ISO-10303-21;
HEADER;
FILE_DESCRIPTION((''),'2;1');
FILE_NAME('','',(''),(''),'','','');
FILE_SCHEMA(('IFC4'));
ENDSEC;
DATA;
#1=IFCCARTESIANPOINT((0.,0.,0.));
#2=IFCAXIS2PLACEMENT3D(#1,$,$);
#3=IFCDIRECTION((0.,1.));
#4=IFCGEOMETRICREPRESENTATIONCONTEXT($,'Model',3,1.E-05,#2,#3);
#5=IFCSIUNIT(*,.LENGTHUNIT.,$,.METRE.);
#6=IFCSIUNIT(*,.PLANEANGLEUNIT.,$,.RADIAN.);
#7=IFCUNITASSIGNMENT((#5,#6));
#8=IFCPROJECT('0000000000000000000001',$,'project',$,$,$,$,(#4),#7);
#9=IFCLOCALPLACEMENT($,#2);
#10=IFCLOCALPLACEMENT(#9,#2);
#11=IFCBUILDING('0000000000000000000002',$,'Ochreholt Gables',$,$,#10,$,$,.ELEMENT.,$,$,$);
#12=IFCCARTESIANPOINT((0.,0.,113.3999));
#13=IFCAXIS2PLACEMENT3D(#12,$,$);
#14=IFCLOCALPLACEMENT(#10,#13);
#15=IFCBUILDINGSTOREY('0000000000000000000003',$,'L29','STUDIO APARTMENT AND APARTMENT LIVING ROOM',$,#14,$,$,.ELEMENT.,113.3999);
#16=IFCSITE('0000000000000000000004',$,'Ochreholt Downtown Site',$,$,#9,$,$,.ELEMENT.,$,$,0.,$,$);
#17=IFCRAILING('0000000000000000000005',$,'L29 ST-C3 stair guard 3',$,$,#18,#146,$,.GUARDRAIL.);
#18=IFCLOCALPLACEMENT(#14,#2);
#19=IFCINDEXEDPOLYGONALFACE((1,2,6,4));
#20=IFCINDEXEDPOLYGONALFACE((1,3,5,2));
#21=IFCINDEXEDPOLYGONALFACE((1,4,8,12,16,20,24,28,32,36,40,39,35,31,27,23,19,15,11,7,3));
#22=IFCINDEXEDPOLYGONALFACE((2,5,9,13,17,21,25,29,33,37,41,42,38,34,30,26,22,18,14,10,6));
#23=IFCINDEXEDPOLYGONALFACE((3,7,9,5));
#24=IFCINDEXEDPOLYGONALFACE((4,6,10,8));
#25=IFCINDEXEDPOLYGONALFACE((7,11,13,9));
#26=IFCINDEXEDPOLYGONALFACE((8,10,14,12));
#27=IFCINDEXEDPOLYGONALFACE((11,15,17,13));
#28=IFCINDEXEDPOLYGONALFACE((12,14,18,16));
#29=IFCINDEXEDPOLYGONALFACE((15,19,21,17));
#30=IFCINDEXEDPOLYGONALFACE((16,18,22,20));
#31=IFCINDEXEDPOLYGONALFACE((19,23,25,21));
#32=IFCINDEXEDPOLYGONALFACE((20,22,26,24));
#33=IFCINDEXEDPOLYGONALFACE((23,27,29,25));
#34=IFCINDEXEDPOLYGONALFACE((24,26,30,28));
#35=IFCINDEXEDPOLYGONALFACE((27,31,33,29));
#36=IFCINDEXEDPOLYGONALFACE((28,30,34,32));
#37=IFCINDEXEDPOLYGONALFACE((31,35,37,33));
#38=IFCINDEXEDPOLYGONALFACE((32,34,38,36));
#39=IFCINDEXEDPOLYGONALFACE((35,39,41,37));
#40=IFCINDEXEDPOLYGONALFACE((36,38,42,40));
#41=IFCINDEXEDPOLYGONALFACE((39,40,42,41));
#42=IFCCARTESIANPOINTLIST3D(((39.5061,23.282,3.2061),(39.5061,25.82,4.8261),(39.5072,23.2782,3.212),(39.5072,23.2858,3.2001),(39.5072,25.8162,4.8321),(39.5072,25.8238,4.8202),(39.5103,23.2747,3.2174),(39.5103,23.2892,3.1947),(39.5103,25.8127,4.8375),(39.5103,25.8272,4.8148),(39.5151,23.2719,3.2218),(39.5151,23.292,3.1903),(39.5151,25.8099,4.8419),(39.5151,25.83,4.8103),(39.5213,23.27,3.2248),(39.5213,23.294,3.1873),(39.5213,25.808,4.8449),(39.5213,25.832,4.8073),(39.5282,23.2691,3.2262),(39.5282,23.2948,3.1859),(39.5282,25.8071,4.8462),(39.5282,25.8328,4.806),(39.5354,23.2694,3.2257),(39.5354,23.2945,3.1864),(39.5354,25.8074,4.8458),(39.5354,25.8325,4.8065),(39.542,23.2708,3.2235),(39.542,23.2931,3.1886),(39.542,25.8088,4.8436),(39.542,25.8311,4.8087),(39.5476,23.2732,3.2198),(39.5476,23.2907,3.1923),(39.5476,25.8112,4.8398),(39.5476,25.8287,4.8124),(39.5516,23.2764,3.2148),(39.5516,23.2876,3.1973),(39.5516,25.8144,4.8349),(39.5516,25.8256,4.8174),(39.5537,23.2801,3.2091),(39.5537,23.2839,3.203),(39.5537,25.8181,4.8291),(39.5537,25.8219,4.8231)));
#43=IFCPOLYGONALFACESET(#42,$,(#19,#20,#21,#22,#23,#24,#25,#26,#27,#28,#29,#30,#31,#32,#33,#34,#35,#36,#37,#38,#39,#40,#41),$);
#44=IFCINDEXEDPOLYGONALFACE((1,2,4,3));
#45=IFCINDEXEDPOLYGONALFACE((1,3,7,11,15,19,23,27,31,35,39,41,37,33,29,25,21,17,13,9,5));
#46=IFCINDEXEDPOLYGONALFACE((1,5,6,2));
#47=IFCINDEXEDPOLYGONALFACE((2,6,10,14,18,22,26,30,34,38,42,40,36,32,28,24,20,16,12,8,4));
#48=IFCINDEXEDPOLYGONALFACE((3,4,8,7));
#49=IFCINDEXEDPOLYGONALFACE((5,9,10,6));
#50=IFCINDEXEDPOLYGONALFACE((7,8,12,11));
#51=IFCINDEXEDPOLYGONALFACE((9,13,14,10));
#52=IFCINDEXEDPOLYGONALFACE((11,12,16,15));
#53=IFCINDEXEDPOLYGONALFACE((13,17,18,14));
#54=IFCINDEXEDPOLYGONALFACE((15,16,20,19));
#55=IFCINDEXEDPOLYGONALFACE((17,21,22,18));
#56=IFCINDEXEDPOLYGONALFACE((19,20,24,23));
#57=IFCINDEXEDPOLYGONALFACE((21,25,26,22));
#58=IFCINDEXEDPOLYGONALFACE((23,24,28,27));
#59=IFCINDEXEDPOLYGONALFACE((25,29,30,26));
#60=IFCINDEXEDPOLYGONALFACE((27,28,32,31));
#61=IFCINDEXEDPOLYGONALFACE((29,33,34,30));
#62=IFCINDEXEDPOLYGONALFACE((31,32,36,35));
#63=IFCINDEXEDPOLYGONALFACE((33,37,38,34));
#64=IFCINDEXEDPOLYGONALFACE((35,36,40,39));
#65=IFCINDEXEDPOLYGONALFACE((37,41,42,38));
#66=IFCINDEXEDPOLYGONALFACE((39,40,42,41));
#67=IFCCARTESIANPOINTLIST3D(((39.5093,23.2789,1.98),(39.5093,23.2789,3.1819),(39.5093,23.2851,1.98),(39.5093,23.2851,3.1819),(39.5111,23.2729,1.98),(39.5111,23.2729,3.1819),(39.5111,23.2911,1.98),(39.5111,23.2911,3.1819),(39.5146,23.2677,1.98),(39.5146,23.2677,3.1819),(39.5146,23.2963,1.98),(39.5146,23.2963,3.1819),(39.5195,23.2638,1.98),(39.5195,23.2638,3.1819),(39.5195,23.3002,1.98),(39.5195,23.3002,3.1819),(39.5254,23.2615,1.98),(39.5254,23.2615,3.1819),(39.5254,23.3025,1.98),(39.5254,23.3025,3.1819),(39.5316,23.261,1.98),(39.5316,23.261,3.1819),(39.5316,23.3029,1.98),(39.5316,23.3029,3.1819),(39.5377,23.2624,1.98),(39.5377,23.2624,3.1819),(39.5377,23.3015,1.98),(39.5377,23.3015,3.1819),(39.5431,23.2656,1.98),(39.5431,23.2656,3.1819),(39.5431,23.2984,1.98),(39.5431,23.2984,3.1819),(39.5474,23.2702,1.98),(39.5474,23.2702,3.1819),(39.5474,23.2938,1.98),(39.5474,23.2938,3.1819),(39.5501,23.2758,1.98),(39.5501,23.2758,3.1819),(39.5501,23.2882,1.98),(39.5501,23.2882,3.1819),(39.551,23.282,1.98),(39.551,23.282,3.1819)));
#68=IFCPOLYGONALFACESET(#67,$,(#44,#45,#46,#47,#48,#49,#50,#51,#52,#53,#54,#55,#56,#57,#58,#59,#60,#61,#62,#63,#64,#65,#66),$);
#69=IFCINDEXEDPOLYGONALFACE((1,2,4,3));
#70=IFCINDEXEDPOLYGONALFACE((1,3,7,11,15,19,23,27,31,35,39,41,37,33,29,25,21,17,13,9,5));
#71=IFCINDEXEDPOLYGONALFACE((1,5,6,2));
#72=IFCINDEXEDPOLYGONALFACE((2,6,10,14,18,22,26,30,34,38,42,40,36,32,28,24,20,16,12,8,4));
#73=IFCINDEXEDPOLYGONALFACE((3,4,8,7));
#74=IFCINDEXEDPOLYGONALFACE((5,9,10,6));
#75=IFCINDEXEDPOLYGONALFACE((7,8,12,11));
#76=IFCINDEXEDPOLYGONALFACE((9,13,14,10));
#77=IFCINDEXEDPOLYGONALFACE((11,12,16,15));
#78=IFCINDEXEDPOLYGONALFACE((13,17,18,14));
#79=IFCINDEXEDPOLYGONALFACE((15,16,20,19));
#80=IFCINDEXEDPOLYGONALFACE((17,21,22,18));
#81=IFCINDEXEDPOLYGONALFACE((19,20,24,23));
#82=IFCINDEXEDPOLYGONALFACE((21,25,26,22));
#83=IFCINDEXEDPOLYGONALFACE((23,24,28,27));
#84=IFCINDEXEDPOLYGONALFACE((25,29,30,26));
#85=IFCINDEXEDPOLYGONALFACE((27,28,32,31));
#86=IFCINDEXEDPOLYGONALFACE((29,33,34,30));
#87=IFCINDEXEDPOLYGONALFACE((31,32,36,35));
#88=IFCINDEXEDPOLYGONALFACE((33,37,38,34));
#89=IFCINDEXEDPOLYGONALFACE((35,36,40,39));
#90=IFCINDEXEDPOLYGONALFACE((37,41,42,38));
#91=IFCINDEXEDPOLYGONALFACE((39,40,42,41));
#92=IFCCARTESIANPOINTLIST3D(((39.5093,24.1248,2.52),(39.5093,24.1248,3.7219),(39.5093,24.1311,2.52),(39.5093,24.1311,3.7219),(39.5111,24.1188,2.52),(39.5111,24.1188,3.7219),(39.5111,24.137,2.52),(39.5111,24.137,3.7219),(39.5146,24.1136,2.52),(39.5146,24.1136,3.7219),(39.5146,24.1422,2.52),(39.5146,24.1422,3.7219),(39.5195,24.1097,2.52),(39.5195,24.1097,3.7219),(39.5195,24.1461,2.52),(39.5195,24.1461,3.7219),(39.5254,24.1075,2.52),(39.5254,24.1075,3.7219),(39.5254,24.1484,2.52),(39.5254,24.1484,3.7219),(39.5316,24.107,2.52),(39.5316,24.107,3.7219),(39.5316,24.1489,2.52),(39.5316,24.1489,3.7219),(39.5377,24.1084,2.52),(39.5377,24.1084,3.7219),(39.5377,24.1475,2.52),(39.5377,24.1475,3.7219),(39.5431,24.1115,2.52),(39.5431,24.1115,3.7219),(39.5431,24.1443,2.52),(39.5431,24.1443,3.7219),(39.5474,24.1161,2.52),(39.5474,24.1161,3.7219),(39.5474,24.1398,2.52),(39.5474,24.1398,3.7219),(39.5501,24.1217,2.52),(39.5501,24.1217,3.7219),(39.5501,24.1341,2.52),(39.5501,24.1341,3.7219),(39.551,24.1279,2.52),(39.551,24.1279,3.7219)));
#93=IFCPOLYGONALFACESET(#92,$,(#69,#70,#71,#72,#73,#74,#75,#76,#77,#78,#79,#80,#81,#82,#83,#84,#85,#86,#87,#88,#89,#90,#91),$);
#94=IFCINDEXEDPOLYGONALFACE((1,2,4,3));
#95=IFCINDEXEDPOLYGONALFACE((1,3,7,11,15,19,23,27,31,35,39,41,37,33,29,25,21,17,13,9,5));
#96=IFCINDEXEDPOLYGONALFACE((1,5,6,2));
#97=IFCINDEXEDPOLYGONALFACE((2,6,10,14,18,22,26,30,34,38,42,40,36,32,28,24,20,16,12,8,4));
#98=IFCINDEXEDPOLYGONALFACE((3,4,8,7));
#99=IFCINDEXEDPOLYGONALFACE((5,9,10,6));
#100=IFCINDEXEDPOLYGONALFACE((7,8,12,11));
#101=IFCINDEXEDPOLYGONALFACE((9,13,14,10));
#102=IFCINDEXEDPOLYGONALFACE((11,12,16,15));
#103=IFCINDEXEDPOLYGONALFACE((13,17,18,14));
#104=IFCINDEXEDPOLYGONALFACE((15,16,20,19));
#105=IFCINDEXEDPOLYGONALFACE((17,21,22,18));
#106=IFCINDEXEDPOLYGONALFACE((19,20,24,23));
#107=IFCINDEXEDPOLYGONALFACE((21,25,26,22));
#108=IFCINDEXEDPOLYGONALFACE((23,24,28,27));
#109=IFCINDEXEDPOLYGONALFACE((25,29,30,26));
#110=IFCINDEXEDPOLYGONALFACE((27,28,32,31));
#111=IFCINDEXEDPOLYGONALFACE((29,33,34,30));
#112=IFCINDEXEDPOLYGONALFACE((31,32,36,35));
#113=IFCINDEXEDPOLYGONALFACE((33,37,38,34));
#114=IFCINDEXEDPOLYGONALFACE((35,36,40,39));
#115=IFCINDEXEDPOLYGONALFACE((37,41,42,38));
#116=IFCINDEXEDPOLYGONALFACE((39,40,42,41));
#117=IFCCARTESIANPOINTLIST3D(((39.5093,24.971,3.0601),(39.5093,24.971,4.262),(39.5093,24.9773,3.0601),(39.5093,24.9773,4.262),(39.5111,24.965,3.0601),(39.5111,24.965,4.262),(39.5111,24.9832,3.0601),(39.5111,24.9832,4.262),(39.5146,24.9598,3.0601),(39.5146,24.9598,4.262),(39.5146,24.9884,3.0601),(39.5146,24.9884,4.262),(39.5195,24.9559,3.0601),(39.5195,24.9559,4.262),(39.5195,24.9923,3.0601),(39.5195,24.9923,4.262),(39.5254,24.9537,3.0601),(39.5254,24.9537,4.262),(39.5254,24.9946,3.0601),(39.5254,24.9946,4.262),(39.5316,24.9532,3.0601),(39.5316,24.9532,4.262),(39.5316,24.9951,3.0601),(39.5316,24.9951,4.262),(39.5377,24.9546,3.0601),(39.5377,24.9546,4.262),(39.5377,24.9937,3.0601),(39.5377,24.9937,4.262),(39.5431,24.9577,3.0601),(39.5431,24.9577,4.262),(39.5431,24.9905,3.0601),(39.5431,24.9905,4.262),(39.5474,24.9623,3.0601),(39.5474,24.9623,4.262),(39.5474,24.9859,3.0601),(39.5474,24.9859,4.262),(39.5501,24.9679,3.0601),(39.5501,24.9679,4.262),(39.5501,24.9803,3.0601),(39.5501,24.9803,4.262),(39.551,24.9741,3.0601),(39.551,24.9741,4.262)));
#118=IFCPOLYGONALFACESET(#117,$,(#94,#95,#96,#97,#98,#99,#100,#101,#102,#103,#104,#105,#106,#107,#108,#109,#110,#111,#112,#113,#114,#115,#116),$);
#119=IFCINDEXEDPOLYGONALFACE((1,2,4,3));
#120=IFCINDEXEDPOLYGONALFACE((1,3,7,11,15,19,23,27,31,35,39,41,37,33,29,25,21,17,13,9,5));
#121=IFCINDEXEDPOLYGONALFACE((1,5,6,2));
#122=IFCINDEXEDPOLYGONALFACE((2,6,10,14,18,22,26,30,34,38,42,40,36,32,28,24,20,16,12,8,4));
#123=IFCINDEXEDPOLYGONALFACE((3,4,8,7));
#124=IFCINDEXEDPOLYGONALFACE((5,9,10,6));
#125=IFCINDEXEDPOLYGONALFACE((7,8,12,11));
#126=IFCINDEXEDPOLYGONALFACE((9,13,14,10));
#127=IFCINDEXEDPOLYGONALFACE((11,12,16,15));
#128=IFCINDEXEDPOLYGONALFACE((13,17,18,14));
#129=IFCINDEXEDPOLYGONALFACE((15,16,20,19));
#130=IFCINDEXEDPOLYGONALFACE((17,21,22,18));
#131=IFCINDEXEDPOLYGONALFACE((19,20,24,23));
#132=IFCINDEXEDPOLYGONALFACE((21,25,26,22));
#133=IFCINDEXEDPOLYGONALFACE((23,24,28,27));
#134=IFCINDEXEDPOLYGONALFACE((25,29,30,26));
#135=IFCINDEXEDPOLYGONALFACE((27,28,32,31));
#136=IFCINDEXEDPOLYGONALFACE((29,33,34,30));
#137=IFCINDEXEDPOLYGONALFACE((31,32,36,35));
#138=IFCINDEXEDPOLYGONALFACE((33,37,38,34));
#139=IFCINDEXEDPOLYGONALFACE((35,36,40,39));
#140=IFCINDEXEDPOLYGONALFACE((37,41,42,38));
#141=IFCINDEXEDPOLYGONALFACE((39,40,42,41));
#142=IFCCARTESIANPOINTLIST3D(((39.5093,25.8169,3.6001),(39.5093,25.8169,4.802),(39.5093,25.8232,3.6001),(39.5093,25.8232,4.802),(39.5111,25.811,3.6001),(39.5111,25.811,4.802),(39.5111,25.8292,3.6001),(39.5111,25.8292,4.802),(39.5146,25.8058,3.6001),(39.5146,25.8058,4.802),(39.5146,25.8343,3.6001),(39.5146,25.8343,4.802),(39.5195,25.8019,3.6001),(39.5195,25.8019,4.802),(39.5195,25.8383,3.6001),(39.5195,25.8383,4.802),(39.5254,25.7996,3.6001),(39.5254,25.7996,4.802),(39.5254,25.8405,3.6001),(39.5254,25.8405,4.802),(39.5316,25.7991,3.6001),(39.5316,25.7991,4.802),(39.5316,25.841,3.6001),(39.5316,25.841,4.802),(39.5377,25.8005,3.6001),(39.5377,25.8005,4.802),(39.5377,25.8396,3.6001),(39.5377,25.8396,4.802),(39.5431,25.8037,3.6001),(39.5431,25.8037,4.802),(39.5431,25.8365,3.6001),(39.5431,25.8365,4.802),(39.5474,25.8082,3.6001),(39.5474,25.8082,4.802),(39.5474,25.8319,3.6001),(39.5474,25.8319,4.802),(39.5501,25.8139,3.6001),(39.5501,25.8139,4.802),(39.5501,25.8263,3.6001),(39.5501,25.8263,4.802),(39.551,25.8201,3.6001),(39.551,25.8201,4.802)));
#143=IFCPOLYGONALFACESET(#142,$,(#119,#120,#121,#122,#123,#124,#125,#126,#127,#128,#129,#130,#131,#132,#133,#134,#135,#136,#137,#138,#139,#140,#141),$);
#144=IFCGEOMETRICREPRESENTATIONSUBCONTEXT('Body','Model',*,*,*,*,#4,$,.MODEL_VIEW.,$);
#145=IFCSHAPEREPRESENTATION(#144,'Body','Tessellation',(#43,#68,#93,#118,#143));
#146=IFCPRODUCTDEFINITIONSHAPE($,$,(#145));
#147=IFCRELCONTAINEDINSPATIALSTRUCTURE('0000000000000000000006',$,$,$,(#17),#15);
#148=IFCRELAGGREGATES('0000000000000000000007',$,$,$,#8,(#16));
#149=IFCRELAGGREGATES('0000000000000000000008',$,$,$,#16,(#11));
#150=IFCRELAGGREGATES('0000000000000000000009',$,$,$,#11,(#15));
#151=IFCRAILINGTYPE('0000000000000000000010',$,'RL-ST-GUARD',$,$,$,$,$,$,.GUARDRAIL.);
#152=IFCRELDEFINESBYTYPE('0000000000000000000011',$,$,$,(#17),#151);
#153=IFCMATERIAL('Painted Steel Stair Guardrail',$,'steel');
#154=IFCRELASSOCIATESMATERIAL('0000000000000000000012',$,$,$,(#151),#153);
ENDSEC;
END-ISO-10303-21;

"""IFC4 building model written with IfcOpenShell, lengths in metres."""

from ifc_helpers import new_model, si_unit, direction, frame, origin, origin_2d, place, context, subcontext, project, spatial, circle, extrude, material, type_object, element, save


model = new_model("IFC4")

# Units and contexts
model_context = context("Model", 3, precision=1e-05, world=origin(), true_north=direction((0.0, 1.0)))
body_context = subcontext(model_context, "Body", "Model", "MODEL_VIEW")
ifc_project = project(units=[si_unit("LENGTHUNIT", "METRE"), si_unit("PLANEANGLEUNIT", "RADIAN")], contexts=[model_context])

# Site, building, storey
site_placement = place(None, origin())
site = spatial("IfcSite", under=ifc_project, at=site_placement, Name="Ochreholt Downtown Site", CompositionType="ELEMENT", RefElevation=0.0)
building_placement = place(site_placement, origin())
building = spatial("IfcBuilding", under=site, at=building_placement, Name="Ochreholt Gables", CompositionType="ELEMENT")
storey_placement = place(building_placement, frame((0.0, 0.0, 113.3999)))
storey = spatial("IfcBuildingStorey", under=building, at=storey_placement, Name="L29", Description="STUDIO APARTMENT AND APARTMENT LIVING ROOM", CompositionType="ELEMENT", Elevation=113.3999)

# Railing
ifc_material_1 = material(Name="Painted Steel Stair Guardrail", Category="steel")
railing_type_1 = type_object("IfcRailingType", Name="RL-ST-GUARD", PredefinedType="GUARDRAIL", material=ifc_material_1)
railing_1_placement = place(storey_placement, frame((39.53, 23.282, 1.98)))
element("IfcRailing", 1, at=railing_1_placement, inside=storey, type_object=railing_type_1, Name="L29 ST-C3 stair guard 3", PredefinedType="GUARDRAIL", context=body_context, shape_type="SweptSolid", body=[
    extrude(circle(Radius=0.0239, at=origin_2d()), frame((0.0, 0.0, 1.2261), z_axis=(0.0, 0.842913, 0.53805), x_axis=(-1.0, 0.0, 0.0)), (0.0, 0.0, 1.0), 3.011),
    extrude(circle(Radius=0.021, at=origin_2d()), origin(), (0.0, 0.0, 1.0), 1.2019),
    extrude(circle(Radius=0.021, at=origin_2d()), frame((0.0, 0.8459, 0.54)), (0.0, 0.0, 1.0), 1.2019),
    extrude(circle(Radius=0.021, at=origin_2d()), frame((0.0, 1.6921, 1.0801)), (0.0, 0.0, 1.0), 1.2019),
    extrude(circle(Radius=0.021, at=origin_2d()), frame((0.0, 2.5381, 1.6201)), (0.0, 0.0, 1.0), 1.2019),
])

save(model, "model.ifc")
